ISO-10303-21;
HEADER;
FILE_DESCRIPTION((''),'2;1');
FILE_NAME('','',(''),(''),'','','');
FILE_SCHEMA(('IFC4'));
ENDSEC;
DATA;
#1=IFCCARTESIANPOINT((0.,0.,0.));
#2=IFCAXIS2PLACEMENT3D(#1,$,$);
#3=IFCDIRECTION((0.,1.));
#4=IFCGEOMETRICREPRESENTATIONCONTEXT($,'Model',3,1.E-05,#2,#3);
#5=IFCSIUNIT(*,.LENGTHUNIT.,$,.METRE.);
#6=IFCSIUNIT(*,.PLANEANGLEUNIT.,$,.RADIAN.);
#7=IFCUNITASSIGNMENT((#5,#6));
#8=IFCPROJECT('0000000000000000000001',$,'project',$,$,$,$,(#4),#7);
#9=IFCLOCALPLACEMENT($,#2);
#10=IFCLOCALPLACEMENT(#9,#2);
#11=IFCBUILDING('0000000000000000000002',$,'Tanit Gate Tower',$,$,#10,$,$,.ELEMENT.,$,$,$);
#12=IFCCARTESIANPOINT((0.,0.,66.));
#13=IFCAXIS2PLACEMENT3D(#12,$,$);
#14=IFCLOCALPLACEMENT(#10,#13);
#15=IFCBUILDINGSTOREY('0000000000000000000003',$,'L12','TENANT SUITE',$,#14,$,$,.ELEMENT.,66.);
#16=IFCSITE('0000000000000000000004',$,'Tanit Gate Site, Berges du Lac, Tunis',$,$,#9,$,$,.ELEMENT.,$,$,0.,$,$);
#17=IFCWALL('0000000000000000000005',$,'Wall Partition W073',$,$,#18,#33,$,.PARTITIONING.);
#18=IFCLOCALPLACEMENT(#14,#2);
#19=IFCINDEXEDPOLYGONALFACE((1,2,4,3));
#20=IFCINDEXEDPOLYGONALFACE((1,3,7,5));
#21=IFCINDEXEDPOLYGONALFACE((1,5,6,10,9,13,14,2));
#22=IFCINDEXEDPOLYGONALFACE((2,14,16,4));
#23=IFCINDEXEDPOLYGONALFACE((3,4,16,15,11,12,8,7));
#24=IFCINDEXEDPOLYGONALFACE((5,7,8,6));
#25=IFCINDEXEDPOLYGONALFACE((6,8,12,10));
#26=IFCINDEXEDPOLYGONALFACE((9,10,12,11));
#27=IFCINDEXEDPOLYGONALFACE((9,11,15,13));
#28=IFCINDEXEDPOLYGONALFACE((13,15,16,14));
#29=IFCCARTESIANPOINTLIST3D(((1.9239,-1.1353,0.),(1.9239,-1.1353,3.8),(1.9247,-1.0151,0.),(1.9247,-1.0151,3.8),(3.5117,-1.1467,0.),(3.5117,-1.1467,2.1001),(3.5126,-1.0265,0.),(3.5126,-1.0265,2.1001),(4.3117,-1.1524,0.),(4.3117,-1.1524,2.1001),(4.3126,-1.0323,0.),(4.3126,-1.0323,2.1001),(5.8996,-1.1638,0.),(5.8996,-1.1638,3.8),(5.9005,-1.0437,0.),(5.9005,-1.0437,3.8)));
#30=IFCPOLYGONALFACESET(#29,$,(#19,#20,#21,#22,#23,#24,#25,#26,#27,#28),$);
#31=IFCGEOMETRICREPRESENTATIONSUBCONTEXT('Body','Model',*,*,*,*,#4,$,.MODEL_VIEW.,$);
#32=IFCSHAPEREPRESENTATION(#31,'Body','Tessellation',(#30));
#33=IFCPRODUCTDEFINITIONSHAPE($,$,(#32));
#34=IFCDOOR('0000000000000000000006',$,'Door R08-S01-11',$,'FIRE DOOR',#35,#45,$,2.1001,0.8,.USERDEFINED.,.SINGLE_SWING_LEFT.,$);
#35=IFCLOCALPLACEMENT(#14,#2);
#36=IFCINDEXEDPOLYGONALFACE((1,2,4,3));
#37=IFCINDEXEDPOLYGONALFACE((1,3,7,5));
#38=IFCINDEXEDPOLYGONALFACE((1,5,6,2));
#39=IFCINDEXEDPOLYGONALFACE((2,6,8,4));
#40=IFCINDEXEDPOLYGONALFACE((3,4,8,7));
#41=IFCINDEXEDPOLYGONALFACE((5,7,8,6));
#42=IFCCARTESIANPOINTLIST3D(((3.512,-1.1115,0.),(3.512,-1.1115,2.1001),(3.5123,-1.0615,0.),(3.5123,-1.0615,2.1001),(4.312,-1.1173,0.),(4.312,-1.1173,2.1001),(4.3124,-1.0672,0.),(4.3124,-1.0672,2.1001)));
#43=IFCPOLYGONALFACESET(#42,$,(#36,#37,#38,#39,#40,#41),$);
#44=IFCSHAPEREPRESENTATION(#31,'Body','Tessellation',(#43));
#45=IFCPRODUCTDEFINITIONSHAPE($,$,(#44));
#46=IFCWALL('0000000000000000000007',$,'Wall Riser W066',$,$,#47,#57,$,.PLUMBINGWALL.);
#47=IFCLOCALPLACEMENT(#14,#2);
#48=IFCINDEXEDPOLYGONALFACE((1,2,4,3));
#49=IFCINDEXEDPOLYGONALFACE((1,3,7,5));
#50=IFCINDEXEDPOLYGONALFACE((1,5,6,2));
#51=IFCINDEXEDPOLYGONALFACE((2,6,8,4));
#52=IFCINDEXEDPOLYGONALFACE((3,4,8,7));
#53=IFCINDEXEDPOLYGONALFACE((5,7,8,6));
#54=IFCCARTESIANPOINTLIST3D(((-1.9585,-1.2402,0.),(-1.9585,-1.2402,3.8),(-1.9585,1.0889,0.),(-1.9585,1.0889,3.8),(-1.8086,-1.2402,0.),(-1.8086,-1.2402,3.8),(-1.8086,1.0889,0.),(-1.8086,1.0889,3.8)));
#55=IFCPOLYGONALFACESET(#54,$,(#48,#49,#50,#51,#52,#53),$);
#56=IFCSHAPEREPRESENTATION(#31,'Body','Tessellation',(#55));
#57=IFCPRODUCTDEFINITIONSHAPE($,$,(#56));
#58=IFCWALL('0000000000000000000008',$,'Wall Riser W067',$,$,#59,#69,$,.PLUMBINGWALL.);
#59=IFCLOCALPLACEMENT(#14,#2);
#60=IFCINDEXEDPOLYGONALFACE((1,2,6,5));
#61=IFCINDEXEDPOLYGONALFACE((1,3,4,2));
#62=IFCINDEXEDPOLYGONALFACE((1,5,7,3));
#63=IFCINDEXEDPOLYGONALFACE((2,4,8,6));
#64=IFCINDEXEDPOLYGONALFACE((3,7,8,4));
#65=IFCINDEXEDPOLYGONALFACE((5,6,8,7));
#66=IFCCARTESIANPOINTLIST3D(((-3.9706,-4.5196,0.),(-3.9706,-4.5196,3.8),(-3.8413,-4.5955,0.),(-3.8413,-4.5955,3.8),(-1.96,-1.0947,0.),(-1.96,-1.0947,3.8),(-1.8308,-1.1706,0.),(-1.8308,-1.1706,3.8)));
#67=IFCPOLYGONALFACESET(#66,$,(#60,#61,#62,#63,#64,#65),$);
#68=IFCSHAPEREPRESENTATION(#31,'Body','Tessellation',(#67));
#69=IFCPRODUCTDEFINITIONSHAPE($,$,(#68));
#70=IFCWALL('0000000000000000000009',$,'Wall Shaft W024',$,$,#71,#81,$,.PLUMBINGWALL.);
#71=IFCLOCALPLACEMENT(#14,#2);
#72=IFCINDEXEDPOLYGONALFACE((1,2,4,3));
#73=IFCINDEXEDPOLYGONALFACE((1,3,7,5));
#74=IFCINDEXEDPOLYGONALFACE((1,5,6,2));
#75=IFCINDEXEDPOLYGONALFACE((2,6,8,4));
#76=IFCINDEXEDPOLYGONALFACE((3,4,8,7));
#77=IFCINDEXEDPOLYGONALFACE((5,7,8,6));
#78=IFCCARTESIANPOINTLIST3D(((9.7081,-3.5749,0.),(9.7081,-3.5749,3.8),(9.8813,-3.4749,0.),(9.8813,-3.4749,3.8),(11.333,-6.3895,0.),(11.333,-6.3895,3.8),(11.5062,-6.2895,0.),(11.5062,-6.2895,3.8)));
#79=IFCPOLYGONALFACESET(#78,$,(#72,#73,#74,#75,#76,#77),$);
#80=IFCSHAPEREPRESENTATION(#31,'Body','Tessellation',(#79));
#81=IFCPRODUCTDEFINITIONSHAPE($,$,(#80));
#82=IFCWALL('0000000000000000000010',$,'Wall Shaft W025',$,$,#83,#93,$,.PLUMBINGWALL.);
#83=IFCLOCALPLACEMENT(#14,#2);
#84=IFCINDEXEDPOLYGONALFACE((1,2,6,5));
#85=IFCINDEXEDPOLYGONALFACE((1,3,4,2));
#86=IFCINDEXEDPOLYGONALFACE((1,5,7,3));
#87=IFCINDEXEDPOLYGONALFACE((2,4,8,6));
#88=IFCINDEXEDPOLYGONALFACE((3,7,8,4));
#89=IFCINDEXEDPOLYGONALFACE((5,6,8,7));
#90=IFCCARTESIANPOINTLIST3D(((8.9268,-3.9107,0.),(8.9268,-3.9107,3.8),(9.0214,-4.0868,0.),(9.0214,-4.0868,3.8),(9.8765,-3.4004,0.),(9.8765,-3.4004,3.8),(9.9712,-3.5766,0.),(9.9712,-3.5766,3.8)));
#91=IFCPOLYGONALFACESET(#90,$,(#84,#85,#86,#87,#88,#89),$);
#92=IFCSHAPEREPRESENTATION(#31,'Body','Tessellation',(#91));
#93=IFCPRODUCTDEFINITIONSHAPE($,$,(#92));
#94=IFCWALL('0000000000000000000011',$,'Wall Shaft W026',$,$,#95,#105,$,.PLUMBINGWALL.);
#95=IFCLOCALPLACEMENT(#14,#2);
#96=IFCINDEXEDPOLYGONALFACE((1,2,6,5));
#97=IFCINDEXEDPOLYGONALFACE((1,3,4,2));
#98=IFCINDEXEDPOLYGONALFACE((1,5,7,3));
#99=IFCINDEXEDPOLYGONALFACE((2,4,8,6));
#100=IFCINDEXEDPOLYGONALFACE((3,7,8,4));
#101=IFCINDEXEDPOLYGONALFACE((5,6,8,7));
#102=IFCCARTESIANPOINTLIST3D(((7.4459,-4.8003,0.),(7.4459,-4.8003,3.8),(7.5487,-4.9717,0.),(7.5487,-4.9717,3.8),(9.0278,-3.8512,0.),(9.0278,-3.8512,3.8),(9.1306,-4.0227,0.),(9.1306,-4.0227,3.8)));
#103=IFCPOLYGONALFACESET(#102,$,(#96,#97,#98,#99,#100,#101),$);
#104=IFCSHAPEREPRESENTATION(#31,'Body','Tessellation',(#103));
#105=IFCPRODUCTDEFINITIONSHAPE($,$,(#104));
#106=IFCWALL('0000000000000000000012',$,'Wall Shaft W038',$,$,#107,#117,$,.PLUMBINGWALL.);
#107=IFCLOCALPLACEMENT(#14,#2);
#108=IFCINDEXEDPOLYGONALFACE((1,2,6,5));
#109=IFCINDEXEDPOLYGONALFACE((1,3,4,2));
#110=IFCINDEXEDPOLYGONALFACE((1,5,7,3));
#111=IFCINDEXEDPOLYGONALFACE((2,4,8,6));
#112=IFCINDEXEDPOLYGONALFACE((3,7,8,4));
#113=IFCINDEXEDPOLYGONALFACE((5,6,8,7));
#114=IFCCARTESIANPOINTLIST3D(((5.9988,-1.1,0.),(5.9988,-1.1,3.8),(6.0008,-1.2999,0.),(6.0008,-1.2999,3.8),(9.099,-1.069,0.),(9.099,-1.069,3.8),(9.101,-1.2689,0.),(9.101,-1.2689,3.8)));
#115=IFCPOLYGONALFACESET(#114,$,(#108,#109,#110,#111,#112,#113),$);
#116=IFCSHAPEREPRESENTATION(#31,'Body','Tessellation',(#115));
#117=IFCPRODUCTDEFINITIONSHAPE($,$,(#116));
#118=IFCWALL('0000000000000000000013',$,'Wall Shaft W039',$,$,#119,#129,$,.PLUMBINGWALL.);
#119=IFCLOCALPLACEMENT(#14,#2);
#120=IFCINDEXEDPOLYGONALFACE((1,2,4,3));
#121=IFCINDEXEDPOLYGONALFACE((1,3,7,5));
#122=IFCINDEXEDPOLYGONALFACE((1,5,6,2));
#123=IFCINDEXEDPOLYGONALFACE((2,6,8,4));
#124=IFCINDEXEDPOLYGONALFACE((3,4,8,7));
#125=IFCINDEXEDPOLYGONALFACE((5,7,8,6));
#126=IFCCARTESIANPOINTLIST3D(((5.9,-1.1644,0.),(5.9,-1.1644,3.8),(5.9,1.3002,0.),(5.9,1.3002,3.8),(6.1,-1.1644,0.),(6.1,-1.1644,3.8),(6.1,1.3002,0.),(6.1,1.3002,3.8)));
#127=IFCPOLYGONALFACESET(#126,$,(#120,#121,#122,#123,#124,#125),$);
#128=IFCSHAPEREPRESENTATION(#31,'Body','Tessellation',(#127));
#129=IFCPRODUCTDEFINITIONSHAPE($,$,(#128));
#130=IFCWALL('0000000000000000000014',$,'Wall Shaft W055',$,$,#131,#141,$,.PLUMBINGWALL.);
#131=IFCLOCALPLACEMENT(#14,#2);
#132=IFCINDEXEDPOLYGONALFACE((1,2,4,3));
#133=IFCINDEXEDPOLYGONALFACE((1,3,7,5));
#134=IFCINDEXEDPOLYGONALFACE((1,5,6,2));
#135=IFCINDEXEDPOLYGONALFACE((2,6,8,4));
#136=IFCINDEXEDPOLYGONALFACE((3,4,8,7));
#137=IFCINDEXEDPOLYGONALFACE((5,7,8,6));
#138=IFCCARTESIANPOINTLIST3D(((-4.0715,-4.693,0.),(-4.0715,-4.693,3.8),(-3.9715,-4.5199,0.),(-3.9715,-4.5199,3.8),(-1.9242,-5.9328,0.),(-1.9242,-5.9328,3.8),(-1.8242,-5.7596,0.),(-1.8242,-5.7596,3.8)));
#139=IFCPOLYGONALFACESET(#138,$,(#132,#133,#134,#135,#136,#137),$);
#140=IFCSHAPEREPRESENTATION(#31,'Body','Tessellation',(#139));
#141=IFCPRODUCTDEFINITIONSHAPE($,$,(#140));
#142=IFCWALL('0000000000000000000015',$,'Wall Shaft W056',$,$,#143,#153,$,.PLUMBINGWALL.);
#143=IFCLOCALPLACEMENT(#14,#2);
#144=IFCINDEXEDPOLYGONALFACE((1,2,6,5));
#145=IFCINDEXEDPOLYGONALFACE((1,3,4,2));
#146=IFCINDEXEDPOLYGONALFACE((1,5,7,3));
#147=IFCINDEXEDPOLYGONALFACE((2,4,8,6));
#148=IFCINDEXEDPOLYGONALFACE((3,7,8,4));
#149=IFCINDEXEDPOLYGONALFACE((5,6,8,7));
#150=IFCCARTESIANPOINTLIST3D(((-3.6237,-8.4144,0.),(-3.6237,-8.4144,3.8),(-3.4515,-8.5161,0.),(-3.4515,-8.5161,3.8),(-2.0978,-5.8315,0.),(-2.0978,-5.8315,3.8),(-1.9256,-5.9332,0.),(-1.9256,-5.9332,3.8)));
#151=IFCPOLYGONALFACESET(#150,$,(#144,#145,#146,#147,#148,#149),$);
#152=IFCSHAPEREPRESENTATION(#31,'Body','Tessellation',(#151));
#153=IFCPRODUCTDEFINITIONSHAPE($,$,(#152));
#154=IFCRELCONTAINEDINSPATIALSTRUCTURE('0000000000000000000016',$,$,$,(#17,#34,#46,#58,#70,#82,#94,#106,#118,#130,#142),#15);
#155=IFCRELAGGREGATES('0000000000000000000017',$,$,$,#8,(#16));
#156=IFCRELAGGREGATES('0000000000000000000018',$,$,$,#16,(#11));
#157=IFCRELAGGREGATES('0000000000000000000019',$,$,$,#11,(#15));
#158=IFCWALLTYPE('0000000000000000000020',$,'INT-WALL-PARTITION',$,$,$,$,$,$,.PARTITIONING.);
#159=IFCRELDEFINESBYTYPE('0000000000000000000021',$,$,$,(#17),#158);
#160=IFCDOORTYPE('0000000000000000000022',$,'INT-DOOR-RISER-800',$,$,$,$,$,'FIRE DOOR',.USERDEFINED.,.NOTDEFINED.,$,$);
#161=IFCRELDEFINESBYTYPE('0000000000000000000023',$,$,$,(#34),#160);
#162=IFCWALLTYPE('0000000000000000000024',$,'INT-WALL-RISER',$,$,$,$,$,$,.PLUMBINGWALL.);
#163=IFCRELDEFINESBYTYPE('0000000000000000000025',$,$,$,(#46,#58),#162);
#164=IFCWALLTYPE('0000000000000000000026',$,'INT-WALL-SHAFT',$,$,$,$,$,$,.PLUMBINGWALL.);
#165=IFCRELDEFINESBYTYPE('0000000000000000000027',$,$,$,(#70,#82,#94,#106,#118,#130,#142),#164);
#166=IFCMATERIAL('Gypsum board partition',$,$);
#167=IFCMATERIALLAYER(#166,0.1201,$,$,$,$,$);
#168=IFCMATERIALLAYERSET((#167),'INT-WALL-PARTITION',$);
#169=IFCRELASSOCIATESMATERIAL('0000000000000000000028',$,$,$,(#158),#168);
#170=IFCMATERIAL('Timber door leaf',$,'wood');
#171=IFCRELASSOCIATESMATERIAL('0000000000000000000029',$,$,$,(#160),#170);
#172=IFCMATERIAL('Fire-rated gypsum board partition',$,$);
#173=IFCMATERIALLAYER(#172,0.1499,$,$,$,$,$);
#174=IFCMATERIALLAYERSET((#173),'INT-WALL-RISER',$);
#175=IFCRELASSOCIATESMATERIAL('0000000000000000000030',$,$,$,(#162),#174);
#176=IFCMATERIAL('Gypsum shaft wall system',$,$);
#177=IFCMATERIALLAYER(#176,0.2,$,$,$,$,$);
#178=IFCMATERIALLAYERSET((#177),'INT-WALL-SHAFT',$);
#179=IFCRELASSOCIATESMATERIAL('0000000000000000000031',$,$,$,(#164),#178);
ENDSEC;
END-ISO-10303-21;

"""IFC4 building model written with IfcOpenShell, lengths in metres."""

from ifc_helpers import new_model, si_unit, direction, frame, frame_2d, origin, place, context, subcontext, project, spatial, rectangle, extrude, material, layer, layer_set, type_object, element, fill, save


model = new_model("IFC4")

# Units and contexts
model_context = context("Model", 3, precision=1e-05, world=origin(), true_north=direction((0.0, 1.0)))
body_context = subcontext(model_context, "Body", "Model", "MODEL_VIEW")
ifc_project = project(units=[si_unit("LENGTHUNIT", "METRE"), si_unit("PLANEANGLEUNIT", "RADIAN")], contexts=[model_context])

# Site, building, storey
site_placement = place(None, origin())
site = spatial("IfcSite", under=ifc_project, at=site_placement, Name="Tanit Gate Site, Berges du Lac, Tunis", CompositionType="ELEMENT", RefElevation=0.0)
building_placement = place(site_placement, origin())
building = spatial("IfcBuilding", under=site, at=building_placement, Name="Tanit Gate Tower", CompositionType="ELEMENT")
storey_placement = place(building_placement, frame((0.0, 0.0, 66.0)))
storey = spatial("IfcBuildingStorey", under=building, at=storey_placement, Name="L12", Description="TENANT SUITE", CompositionType="ELEMENT", Elevation=66.0)

# Shared definitions
ifc_material_1 = material(Name="Gypsum board partition")
ifc_layer_1 = layer(ifc_material_1, 0.1201)
ifc_layer_set_1 = layer_set([ifc_layer_1], Name="INT-WALL-PARTITION")
wall_type_1 = type_object("IfcWallType", Name="INT-WALL-PARTITION", PredefinedType="PARTITIONING", material=ifc_layer_set_1)

# Wall, opening, door
wall_1_placement = place(storey_placement, frame((5.8999, -1.1038, 0.0), z_axis=(0.0, 0.0, 1.0), x_axis=(-0.999974, 0.007184, 0.0)))
wall_1 = element("IfcWall", 1, at=wall_1_placement, inside=storey, type_object=wall_type_1, Name="Wall Partition W073", PredefinedType="PARTITIONING", context=body_context, shape_type="SweptSolid", body=[
    extrude(rectangle(XDim=3.9758, YDim=0.1201, at=frame_2d((1.9878, 0.0))), origin(), (0.0, 0.0, 1.0), 3.8),
])
opening_1_placement = place(wall_1_placement, frame((1.5879, 0.0, 0.0)))
opening_1 = element("IfcOpeningElement", 2, at=opening_1_placement, cuts=wall_1, PredefinedType="OPENING", context=body_context, shape_type="SweptSolid", body=[
    extrude(rectangle(XDim=0.8, YDim=2.1001, at=frame_2d((0.3999, 1.05))), frame((0.0, 0.0701, 0.0), z_axis=(0.0, -1.0, 0.0), x_axis=(1.0, 0.0, 0.0)), (0.0, 0.0, 1.0), 0.1401),
])
ifc_material_2 = material(Name="Timber door leaf", Category="wood")
door_type_1 = type_object("IfcDoorType", Name="INT-DOOR-RISER-800", ElementType="FIRE DOOR", OperationType="NOTDEFINED", PredefinedType="USERDEFINED", material=ifc_material_2)
door_1_placement = place(opening_1_placement, origin())
door_1 = element("IfcDoor", 3, at=door_1_placement, inside=storey, type_object=door_type_1, Name="Door R08-S01-11", ObjectType="FIRE DOOR", OperationType="SINGLE_SWING_LEFT", OverallHeight=2.1001, OverallWidth=0.8, PredefinedType="USERDEFINED", context=body_context, shape_type="SweptSolid", body=[
    extrude(rectangle(XDim=0.8, YDim=2.1001, at=frame_2d((0.3999, 1.05))), frame((0.0, 0.0249, 0.0), z_axis=(0.0, -1.0, 0.0), x_axis=(1.0, 0.0, 0.0)), (0.0, 0.0, 1.0), 0.05),
])
fill(opening_1, door_1)

# Walls
ifc_material_3 = material(Name="Fire-rated gypsum board partition")
ifc_layer_2 = layer(ifc_material_3, 0.1499)
ifc_layer_set_2 = layer_set([ifc_layer_2], Name="INT-WALL-RISER")
wall_type_2 = type_object("IfcWallType", Name="INT-WALL-RISER", PredefinedType="PLUMBINGWALL", material=ifc_layer_set_2)
wall_2_placement = place(storey_placement, frame((-1.8835, -1.2402, 0.0), z_axis=(0.0, 0.0, 1.0), x_axis=(0.0, 1.0, 0.0)))
element("IfcWall", 4, at=wall_2_placement, inside=storey, type_object=wall_type_2, Name="Wall Riser W066", PredefinedType="PLUMBINGWALL", context=body_context, shape_type="SweptSolid", body=[
    extrude(rectangle(XDim=2.3291, YDim=0.1499, at=frame_2d((1.1646, 0.0))), origin(), (0.0, 0.0, 1.0), 3.8),
])
wall_3_placement = place(storey_placement, frame((-3.906, -4.5576, 0.0), z_axis=(0.0, 0.0, 1.0), x_axis=(0.506254, 0.862384, 0.0)))
element("IfcWall", 5, at=wall_3_placement, inside=storey, type_object=wall_type_2, Name="Wall Riser W067", PredefinedType="PLUMBINGWALL", context=body_context, shape_type="SweptSolid", body=[
    extrude(rectangle(XDim=3.9714, YDim=0.1499, at=frame_2d((1.9858, 0.0))), origin(), (0.0, 0.0, 1.0), 3.8),
])
ifc_material_4 = material(Name="Gypsum shaft wall system")
ifc_layer_3 = layer(ifc_material_4, 0.2)
ifc_layer_set_3 = layer_set([ifc_layer_3], Name="INT-WALL-SHAFT")
wall_type_3 = type_object("IfcWallType", Name="INT-WALL-SHAFT", PredefinedType="PLUMBINGWALL", material=ifc_layer_set_3)
wall_4_placement = place(storey_placement, frame((9.7947, -3.5249, 0.0), z_axis=(0.0, 0.0, 1.0), x_axis=(0.499985, -0.866034, 0.0)))
element("IfcWall", 6, at=wall_4_placement, inside=storey, type_object=wall_type_3, Name="Wall Shaft W024", PredefinedType="PLUMBINGWALL", context=body_context, shape_type="SweptSolid", body=[
    extrude(rectangle(XDim=3.25, YDim=0.2, at=frame_2d((1.625, 0.0))), origin(), (0.0, 0.0, 1.0), 3.8),
])
wall_5_placement = place(storey_placement, frame((8.9741, -3.9988, 0.0), z_axis=(0.0, 0.0, 1.0), x_axis=(0.880907, 0.473289, 0.0)))
element("IfcWall", 7, at=wall_5_placement, inside=storey, type_object=wall_type_3, Name="Wall Shaft W025", PredefinedType="PLUMBINGWALL", context=body_context, shape_type="SweptSolid", body=[
    extrude(rectangle(XDim=1.0781, YDim=0.2, at=frame_2d((0.5391, 0.0))), origin(), (0.0, 0.0, 1.0), 3.8),
])
wall_6_placement = place(storey_placement, frame((7.4973, -4.886, 0.0), z_axis=(0.0, 0.0, 1.0), x_axis=(0.857516, 0.514457, 0.0)))
element("IfcWall", 8, at=wall_6_placement, inside=storey, type_object=wall_type_3, Name="Wall Shaft W026", PredefinedType="PLUMBINGWALL", context=body_context, shape_type="SweptSolid", body=[
    extrude(rectangle(XDim=1.8447, YDim=0.2, at=frame_2d((0.9224, 0.0))), origin(), (0.0, 0.0, 1.0), 3.8),
])
wall_7_placement = place(storey_placement, frame((9.1001, -1.1689, 0.0), z_axis=(0.0, 0.0, 1.0), x_axis=(-0.99995, -0.010001, 0.0)))
element("IfcWall", 9, at=wall_7_placement, inside=storey, type_object=wall_type_3, Name="Wall Shaft W038", PredefinedType="PLUMBINGWALL", context=body_context, shape_type="SweptSolid", body=[
    extrude(rectangle(XDim=3.1003, YDim=0.2, at=frame_2d((1.5503, 0.0))), origin(), (0.0, 0.0, 1.0), 3.8),
])
wall_8_placement = place(storey_placement, frame((6.0, -1.1646, 0.0), z_axis=(0.0, 0.0, 1.0), x_axis=(0.0, 1.0, 0.0)))
element("IfcWall", 10, at=wall_8_placement, inside=storey, type_object=wall_type_3, Name="Wall Shaft W039", PredefinedType="PLUMBINGWALL", context=body_context, shape_type="SweptSolid", body=[
    extrude(rectangle(XDim=2.4646, YDim=0.2, at=frame_2d((1.2324, 0.0))), origin(), (0.0, 0.0, 1.0), 3.8),
])

# Walls
wall_9_placement = place(storey_placement, frame((-4.0215, -4.6064, 0.0), z_axis=(0.0, 0.0, 1.0), x_axis=(0.866017, -0.500015, 0.0)))
element("IfcWall", 11, at=wall_9_placement, inside=storey, type_object=wall_type_3, Name="Wall Shaft W055", PredefinedType="PLUMBINGWALL", context=body_context, shape_type="SweptSolid", body=[
    extrude(rectangle(XDim=2.4795, YDim=0.2, at=frame_2d((1.2397, 0.0))), origin(), (0.0, 0.0, 1.0), 3.8),
])
wall_10_placement = place(storey_placement, frame((-2.0117, -5.8823, 0.0), z_axis=(0.0, 0.0, 1.0), x_axis=(-0.50862, -0.860991, 0.0)))
element("IfcWall", 12, at=wall_10_placement, inside=storey, type_object=wall_type_3, Name="Wall Shaft W056", PredefinedType="PLUMBINGWALL", context=body_context, shape_type="SweptSolid", body=[
    extrude(rectangle(XDim=3.0, YDim=0.2, at=frame_2d((1.5, 0.0))), origin(), (0.0, 0.0, 1.0), 3.8),
])

save(model, "model.ifc")
